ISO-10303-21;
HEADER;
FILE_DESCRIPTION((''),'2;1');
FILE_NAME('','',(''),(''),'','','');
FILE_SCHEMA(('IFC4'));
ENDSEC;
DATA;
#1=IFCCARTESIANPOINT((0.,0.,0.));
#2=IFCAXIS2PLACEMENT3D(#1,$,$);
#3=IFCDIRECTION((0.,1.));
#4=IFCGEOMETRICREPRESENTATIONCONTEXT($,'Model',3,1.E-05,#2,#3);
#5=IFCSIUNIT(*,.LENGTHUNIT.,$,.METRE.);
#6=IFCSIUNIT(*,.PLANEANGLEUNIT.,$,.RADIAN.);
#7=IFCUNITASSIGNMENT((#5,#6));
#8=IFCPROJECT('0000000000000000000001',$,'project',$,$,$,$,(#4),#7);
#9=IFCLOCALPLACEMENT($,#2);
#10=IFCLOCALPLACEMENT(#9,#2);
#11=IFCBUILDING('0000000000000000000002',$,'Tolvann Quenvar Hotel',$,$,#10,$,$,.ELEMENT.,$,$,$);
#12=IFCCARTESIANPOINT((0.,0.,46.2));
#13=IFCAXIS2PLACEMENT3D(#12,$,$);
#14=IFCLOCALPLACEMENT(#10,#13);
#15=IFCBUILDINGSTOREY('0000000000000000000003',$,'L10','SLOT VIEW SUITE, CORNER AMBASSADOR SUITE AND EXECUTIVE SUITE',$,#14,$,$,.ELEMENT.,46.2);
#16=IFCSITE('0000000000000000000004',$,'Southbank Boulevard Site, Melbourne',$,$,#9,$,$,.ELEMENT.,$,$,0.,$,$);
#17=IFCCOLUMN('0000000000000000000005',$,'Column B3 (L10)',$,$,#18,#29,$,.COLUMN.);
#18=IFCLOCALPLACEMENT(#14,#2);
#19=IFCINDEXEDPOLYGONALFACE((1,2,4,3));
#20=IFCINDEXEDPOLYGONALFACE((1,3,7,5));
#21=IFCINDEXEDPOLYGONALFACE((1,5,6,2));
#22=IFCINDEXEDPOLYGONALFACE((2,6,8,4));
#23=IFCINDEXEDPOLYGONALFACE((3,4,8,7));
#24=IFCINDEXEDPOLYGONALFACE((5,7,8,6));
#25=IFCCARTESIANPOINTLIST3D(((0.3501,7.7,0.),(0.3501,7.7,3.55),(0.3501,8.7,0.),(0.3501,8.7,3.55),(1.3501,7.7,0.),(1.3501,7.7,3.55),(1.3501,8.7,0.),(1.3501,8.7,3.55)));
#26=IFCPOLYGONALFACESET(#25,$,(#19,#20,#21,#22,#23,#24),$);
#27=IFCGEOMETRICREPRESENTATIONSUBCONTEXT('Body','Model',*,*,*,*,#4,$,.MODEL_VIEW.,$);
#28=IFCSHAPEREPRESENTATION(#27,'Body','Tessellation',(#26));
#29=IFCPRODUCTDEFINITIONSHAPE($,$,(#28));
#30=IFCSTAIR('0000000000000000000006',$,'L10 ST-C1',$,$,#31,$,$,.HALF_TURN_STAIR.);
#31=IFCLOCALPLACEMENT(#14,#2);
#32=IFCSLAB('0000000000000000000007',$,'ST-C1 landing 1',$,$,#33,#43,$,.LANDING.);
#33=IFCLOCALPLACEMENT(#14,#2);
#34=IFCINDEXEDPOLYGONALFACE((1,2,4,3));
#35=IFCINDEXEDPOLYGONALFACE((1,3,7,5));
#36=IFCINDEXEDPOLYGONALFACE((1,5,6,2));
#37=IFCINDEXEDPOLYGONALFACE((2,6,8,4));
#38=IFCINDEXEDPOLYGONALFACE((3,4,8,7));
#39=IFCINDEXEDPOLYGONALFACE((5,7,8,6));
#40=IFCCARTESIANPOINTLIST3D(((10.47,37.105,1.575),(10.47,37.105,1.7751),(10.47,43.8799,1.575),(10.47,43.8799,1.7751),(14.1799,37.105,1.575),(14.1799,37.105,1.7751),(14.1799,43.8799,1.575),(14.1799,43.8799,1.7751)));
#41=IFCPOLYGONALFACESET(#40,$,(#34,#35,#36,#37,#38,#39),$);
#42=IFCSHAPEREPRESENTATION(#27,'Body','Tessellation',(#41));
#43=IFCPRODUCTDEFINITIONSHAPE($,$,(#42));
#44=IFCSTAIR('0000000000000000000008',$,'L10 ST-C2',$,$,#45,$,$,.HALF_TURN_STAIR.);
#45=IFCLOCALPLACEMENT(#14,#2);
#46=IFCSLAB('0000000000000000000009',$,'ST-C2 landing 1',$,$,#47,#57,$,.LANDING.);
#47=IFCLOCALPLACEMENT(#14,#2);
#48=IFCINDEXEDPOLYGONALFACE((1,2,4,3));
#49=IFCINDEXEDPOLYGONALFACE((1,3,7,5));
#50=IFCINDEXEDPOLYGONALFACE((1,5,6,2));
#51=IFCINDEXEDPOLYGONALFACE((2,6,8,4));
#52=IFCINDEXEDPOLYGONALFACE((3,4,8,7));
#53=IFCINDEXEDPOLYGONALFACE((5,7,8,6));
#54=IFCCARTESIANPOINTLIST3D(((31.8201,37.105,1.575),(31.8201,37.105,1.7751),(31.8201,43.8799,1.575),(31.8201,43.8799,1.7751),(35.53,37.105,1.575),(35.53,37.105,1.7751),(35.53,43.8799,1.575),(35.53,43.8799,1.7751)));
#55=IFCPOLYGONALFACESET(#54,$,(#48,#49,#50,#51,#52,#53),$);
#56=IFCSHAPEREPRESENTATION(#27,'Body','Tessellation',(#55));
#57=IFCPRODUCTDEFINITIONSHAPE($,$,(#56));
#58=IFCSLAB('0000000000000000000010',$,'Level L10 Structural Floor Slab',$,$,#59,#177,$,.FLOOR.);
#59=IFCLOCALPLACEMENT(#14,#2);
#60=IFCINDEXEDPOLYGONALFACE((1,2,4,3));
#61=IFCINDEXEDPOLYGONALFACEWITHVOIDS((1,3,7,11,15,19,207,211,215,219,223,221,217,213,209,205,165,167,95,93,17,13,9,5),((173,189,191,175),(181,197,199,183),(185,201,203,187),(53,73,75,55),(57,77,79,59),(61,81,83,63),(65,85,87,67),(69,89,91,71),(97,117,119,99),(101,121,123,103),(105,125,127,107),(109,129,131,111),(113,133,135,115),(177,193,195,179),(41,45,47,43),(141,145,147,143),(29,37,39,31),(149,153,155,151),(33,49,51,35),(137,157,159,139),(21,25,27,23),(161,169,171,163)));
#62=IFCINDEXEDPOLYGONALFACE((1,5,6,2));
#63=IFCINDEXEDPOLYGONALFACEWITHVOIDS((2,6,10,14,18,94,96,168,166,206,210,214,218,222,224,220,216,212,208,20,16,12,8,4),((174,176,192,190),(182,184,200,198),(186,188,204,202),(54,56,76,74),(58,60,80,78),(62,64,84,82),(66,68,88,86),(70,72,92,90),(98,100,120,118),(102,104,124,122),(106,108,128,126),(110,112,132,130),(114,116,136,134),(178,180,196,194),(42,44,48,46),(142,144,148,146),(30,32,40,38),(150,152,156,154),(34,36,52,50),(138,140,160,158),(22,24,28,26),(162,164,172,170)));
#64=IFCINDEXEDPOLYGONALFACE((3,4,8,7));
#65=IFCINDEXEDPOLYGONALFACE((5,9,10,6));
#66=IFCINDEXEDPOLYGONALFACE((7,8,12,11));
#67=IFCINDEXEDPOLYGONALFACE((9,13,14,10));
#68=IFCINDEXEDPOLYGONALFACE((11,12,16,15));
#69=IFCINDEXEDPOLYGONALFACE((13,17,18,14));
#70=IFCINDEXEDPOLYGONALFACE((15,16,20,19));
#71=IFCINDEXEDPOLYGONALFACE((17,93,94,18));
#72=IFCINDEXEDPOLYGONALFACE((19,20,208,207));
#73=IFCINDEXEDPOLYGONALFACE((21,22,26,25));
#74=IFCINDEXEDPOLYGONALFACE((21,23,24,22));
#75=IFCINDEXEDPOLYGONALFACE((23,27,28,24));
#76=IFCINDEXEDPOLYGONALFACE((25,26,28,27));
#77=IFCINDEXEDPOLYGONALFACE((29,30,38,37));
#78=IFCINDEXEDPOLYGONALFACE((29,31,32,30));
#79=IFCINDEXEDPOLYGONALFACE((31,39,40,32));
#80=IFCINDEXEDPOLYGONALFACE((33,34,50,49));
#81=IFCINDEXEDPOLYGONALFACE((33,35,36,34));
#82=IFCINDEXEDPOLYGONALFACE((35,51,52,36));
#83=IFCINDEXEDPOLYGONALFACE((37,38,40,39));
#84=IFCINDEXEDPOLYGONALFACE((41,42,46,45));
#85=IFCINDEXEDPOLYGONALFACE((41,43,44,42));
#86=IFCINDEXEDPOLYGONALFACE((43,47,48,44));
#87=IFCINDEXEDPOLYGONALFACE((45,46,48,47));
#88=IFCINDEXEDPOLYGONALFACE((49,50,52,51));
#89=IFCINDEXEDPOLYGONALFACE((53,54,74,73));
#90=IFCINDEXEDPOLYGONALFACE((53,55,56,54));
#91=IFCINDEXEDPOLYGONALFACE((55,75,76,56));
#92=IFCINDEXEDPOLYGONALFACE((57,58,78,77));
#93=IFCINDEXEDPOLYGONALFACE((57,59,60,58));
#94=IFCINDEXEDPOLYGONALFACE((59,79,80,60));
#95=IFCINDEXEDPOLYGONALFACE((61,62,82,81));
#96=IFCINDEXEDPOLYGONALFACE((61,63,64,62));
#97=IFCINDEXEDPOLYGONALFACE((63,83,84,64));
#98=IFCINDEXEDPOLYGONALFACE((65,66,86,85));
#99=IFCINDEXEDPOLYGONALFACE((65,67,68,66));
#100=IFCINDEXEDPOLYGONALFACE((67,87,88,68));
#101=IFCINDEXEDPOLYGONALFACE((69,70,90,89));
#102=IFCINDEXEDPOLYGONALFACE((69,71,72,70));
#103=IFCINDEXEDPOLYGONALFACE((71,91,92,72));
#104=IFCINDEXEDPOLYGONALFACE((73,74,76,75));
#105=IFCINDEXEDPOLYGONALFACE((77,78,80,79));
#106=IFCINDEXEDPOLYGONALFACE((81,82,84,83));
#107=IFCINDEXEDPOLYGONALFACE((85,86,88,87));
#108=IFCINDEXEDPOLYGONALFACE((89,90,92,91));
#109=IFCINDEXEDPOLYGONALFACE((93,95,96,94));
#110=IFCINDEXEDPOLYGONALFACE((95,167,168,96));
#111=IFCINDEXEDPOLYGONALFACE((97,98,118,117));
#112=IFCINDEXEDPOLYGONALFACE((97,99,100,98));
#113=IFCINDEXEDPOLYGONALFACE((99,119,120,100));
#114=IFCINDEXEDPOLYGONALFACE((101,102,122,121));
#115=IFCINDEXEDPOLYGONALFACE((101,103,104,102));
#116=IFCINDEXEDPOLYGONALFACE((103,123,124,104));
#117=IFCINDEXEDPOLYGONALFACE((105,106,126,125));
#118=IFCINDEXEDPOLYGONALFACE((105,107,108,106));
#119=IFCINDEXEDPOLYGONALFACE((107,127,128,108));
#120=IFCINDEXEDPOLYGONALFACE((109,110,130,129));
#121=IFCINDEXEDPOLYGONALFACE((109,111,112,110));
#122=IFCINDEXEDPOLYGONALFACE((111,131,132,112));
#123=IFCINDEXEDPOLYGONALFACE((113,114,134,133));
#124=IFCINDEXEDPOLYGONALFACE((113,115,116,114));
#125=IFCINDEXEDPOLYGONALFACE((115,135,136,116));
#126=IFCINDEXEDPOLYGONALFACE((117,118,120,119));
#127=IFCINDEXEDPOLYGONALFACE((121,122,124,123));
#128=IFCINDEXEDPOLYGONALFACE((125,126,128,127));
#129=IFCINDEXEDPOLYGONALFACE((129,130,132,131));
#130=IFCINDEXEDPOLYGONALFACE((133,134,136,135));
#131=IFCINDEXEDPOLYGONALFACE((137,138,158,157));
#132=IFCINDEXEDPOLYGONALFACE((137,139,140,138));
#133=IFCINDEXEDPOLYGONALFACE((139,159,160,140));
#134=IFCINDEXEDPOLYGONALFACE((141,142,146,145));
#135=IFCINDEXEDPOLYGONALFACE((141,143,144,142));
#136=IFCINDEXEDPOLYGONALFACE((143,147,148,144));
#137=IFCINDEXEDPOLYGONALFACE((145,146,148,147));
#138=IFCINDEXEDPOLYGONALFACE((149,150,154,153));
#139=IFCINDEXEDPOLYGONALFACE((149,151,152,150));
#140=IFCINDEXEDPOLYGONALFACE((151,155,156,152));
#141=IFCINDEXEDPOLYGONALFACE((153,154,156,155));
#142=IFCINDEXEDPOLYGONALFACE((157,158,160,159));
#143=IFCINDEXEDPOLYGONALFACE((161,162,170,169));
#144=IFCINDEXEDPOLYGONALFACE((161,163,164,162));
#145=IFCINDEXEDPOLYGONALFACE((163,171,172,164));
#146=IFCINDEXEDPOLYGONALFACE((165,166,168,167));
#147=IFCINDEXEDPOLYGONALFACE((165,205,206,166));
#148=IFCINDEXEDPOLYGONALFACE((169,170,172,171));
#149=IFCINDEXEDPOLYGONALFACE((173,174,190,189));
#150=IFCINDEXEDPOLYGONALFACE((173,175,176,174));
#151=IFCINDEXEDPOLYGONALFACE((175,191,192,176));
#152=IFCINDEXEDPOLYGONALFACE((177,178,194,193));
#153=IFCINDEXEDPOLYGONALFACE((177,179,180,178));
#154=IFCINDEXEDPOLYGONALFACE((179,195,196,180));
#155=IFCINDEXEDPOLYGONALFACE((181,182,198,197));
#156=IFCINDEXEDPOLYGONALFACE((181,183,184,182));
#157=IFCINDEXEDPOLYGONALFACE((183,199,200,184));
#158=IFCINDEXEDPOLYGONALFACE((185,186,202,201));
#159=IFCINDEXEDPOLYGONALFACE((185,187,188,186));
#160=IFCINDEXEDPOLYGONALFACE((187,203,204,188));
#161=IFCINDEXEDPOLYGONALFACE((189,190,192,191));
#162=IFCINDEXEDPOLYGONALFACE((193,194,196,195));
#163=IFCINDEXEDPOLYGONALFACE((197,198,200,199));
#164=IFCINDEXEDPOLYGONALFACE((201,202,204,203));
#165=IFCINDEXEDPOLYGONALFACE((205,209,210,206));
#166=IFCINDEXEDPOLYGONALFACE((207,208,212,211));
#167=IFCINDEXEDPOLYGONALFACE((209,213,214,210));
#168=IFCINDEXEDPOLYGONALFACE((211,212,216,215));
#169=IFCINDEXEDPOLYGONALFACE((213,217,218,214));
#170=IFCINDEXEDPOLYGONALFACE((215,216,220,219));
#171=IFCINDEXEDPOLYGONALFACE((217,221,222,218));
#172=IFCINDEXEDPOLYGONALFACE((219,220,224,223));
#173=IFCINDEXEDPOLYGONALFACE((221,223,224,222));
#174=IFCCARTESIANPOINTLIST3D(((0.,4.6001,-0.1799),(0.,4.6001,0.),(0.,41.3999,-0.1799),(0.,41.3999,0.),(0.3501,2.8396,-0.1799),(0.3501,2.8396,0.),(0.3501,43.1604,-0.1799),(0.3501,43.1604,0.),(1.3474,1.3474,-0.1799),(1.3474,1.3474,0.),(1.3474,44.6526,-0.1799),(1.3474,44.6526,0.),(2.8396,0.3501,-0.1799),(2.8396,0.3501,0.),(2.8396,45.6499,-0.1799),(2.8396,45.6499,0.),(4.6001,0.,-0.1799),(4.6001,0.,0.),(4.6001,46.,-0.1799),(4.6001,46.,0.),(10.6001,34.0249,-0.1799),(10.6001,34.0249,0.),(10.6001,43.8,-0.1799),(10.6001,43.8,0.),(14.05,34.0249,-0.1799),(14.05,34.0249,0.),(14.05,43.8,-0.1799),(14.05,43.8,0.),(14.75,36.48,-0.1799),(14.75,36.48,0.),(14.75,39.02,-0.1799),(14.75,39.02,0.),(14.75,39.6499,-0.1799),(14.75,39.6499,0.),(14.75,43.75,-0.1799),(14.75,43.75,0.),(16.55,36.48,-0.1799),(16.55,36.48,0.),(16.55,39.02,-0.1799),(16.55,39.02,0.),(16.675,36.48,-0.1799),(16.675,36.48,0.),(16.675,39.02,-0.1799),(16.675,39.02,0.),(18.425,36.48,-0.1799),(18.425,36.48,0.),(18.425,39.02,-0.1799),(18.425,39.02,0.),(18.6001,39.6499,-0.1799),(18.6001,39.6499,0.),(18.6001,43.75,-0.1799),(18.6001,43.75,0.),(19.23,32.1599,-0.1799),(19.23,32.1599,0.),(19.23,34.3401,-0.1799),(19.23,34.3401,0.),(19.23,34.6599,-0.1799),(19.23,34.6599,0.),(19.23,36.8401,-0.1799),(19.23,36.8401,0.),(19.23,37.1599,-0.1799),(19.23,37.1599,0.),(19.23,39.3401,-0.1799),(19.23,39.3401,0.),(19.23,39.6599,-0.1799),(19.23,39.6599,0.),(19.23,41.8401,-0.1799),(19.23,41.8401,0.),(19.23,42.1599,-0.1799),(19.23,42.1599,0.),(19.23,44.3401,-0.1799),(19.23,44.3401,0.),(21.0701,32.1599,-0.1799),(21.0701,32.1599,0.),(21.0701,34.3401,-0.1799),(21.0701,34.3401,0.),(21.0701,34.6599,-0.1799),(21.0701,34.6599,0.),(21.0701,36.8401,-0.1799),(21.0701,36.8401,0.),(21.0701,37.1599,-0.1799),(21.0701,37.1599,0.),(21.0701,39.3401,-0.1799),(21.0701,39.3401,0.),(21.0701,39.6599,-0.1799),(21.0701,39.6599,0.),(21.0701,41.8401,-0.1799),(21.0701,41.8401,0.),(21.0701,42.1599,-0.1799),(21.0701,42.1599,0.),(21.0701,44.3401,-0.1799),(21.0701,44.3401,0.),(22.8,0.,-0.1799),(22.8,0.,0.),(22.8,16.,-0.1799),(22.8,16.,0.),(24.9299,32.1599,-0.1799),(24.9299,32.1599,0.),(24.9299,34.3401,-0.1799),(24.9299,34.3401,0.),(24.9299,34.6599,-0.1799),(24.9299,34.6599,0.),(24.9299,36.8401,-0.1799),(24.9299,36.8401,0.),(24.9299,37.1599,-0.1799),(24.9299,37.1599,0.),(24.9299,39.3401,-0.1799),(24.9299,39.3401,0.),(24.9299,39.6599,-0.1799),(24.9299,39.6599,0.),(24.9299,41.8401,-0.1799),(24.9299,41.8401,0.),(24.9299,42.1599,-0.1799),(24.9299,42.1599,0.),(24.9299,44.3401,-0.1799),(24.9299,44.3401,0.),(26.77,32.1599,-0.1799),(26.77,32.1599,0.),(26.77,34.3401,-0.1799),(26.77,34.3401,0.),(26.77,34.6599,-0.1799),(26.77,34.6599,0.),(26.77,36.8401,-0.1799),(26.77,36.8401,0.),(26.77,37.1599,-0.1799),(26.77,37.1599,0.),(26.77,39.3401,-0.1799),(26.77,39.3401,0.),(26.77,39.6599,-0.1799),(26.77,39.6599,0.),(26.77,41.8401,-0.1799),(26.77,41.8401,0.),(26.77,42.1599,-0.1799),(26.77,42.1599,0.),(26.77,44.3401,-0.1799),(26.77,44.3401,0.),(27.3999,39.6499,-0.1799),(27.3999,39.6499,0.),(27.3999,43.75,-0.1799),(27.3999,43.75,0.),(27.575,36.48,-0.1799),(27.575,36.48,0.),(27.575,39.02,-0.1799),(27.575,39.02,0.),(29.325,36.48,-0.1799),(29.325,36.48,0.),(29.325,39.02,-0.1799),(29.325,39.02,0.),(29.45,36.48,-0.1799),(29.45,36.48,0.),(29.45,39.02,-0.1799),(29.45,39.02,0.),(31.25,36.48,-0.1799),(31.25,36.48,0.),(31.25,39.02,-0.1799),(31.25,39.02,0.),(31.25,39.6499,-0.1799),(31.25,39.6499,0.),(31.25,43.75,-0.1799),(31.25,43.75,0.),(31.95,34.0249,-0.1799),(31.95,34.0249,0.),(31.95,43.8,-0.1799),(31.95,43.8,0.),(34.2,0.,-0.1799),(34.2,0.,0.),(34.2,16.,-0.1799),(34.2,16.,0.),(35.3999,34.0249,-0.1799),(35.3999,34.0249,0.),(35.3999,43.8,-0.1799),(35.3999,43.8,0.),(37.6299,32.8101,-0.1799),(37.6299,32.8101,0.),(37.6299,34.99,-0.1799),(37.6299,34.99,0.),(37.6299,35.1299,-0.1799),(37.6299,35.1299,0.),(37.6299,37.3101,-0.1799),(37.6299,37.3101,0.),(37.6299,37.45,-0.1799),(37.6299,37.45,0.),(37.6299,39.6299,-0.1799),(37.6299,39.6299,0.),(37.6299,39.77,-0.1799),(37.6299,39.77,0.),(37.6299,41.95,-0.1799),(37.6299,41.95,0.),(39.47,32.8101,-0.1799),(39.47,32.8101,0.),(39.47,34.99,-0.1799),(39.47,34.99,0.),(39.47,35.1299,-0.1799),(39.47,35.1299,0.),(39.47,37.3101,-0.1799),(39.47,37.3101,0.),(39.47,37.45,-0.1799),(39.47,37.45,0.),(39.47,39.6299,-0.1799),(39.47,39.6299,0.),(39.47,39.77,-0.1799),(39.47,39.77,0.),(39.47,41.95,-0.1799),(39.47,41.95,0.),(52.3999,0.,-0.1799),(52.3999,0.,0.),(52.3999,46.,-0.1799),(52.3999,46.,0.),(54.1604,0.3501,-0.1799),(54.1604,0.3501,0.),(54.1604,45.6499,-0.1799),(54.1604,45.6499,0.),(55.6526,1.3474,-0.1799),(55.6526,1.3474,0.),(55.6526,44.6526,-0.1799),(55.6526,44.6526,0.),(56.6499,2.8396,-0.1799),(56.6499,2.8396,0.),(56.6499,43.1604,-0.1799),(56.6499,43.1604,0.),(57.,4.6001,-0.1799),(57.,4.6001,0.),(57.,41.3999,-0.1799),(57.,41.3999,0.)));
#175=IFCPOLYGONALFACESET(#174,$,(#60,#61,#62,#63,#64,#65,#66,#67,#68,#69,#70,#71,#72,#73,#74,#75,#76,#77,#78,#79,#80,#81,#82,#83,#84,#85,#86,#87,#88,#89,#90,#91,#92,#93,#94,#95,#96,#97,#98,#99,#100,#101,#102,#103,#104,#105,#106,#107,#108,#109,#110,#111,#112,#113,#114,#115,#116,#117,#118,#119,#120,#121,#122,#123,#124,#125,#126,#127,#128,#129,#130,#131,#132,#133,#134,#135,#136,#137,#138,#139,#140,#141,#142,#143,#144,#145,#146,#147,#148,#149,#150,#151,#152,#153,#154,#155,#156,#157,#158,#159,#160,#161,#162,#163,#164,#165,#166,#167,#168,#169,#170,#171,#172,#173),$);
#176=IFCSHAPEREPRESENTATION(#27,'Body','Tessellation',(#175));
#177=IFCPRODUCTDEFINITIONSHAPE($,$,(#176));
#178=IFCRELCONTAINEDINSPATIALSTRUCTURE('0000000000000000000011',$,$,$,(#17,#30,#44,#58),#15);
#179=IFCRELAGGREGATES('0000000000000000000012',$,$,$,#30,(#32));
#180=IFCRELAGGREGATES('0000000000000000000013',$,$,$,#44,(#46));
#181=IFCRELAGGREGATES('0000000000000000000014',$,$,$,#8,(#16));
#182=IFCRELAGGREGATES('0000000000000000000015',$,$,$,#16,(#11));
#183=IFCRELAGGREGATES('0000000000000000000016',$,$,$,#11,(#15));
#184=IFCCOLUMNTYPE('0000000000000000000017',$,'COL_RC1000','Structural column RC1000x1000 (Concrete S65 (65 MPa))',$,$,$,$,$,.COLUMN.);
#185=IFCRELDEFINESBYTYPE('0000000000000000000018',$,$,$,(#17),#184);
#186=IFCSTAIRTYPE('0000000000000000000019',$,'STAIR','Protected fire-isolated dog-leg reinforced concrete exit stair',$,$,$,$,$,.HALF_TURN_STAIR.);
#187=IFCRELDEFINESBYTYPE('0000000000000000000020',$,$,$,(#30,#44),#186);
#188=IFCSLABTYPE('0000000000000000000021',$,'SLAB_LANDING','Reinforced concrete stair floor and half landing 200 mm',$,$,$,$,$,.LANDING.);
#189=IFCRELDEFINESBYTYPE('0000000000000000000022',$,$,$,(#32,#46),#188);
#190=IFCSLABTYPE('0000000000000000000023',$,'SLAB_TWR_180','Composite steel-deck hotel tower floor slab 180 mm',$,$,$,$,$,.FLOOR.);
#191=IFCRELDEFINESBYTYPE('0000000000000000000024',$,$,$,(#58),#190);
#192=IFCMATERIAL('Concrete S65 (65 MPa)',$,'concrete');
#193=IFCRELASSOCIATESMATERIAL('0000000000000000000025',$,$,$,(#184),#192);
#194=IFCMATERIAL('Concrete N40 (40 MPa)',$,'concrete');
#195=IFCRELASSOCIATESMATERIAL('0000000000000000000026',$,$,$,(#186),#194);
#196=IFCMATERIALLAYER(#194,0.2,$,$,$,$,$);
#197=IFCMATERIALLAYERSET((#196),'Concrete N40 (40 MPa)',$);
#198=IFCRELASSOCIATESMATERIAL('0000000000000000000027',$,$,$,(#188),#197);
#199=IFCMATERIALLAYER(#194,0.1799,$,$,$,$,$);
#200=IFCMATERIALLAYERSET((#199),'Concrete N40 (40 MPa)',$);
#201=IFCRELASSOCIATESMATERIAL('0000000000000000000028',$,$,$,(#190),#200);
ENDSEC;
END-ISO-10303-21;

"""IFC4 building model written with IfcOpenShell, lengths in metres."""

from ifc_helpers import new_model, si_unit, direction, frame, origin, origin_2d, place, context, subcontext, project, spatial, polyline, rectangle, outline, extrude, source, transform, mapped, material, layer, layer_set, material_profile, profile_set, type_object, type_shapes, element, aggregate, save


model = new_model("IFC4")

# Units and contexts
model_context = context("Model", 3, precision=1e-05, world=origin(), true_north=direction((0.0, 1.0)))
body_context = subcontext(model_context, "Body", "Model", "MODEL_VIEW")
ifc_project = project(units=[si_unit("LENGTHUNIT", "METRE"), si_unit("PLANEANGLEUNIT", "RADIAN")], contexts=[model_context])

# Site, building, storey
site_placement = place(None, origin())
site = spatial("IfcSite", under=ifc_project, at=site_placement, Name="Southbank Boulevard Site, Melbourne", CompositionType="ELEMENT", RefElevation=0.0)
building_placement = place(site_placement, origin())
building = spatial("IfcBuilding", under=site, at=building_placement, Name="Tolvann Quenvar Hotel", CompositionType="ELEMENT")
storey_placement = place(building_placement, frame((0.0, 0.0, 46.2)))
storey = spatial("IfcBuildingStorey", under=building, at=storey_placement, Name="L10", Description="SLOT VIEW SUITE, CORNER AMBASSADOR SUITE AND EXECUTIVE SUITE", CompositionType="ELEMENT", Elevation=46.2)

# Column
ifc_material_1 = material(Name="Concrete S65 (65 MPa)", Category="concrete")
ifc_material_profile = material_profile(ifc_material_1, rectangle(XDim=1.0, YDim=1.0, at=origin_2d()), Name="RC1000x1000")
ifc_profile_set = profile_set([ifc_material_profile], Name="Concrete S65 (65 MPa)")
column_type = type_object("IfcColumnType", Name="COL_RC1000", Description="Structural column RC1000x1000 (Concrete S65 (65 MPa))", PredefinedType="COLUMN", material=ifc_profile_set)
shared_shape = source(origin(), body_context, "Body", "SweptSolid", [
    extrude(rectangle(XDim=1.0, YDim=1.0, at=origin_2d()), origin(), (0.0, 0.0, 1.0), 3.55),
])
type_shapes(column_type, [shared_shape])
column_placement = place(storey_placement, frame((0.8501, 8.2, 0.0), z_axis=(0.0, 0.0, 1.0), x_axis=(1.0, 0.0, 0.0)))
element("IfcColumn", 1, at=column_placement, inside=storey, type_object=column_type, Name="Column B3 (L10)", PredefinedType="COLUMN", context=body_context, shape_type="MappedRepresentation", body=[
    mapped(shared_shape, transform((0.0, 0.0, 0.0), x_axis=(1.0, 0.0, 0.0), y_axis=(0.0, 1.0, 0.0), z_axis=(0.0, 0.0, 1.0), scale=1.0)),
])

# Stairs, slabs
ifc_material_2 = material(Name="Concrete N40 (40 MPa)", Category="concrete")
stair_type = type_object("IfcStairType", Name="STAIR", Description="Protected fire-isolated dog-leg reinforced concrete exit stair", PredefinedType="HALF_TURN_STAIR", material=ifc_material_2)
stair_1_placement = place(storey_placement, origin())
stair_1 = element("IfcStair", 2, at=stair_1_placement, inside=storey, type_object=stair_type, Name="L10 ST-C1", PredefinedType="HALF_TURN_STAIR")
ifc_layer_1 = layer(ifc_material_2, 0.2)
ifc_layer_set_1 = layer_set([ifc_layer_1], Name="Concrete N40 (40 MPa)")
slab_type_1 = type_object("IfcSlabType", Name="SLAB_LANDING", Description="Reinforced concrete stair floor and half landing 200 mm", PredefinedType="LANDING", material=ifc_layer_set_1)
slab_1_placement = place(storey_placement, frame((0.0, 0.0, 1.575)))
slab_1 = element("IfcSlab", 3, at=slab_1_placement, type_object=slab_type_1, Name="ST-C1 landing 1", PredefinedType="LANDING", context=body_context, shape_type="SweptSolid", body=[
    extrude(outline(polyline([(14.1799, 37.105), (14.1799, 43.8799), (10.47, 43.8799), (10.47, 37.105), (14.1799, 37.105)])), origin(), (0.0, 0.0, 1.0), 0.2002),
])
aggregate(stair_1, [slab_1])
stair_2_placement = place(storey_placement, origin())
stair_2 = element("IfcStair", 4, at=stair_2_placement, inside=storey, type_object=stair_type, Name="L10 ST-C2", PredefinedType="HALF_TURN_STAIR")
slab_2_placement = place(storey_placement, frame((0.0, 0.0, 1.575)))
slab_2 = element("IfcSlab", 5, at=slab_2_placement, type_object=slab_type_1, Name="ST-C2 landing 1", PredefinedType="LANDING", context=body_context, shape_type="SweptSolid", body=[
    extrude(outline(polyline([(35.53, 37.105), (35.53, 43.8799), (31.8201, 43.8799), (31.8201, 37.105), (35.53, 37.105)])), origin(), (0.0, 0.0, 1.0), 0.2002),
])
aggregate(stair_2, [slab_2])

# Slab
ifc_layer_2 = layer(ifc_material_2, 0.1799)
ifc_layer_set_2 = layer_set([ifc_layer_2], Name="Concrete N40 (40 MPa)")
slab_type_2 = type_object("IfcSlabType", Name="SLAB_TWR_180", Description="Composite steel-deck hotel tower floor slab 180 mm", PredefinedType="FLOOR", material=ifc_layer_set_2)
slab_3_placement = place(storey_placement, frame((0.0, 0.0, -0.1799)))
element("IfcSlab", 6, at=slab_3_placement, inside=storey, type_object=slab_type_2, Name="Level L10 Structural Floor Slab", PredefinedType="FLOOR", context=body_context, shape_type="SweptSolid", body=[
    extrude(outline(polyline([(0.0, 4.6001), (0.3501, 2.8396), (1.3474, 1.3474), (2.8396, 0.3501), (4.6001, 0.0), (22.8, 0.0), (22.8, 16.0), (34.2, 16.0), (34.2, 0.0), (52.3999, 0.0), (54.1604, 0.3501), (55.6526, 1.3474), (56.6499, 2.8396), (57.0, 4.6001), (57.0, 41.3999), (56.6499, 43.1604), (55.6526, 44.6526), (54.1604, 45.6499), (52.3999, 46.0), (4.6001, 46.0), (2.8396, 45.6499), (1.3474, 44.6526), (0.3501, 43.1604), (0.0, 41.3999), (0.0, 4.6001)]), holes=[polyline([(37.6299, 41.95), (39.47, 41.95), (39.47, 39.77), (37.6299, 39.77), (37.6299, 41.95)]), polyline([(37.6299, 39.6299), (39.47, 39.6299), (39.47, 37.45), (37.6299, 37.45), (37.6299, 39.6299)]), polyline([(37.6299, 37.3101), (39.47, 37.3101), (39.47, 35.1299), (37.6299, 35.1299), (37.6299, 37.3101)]), polyline([(37.6299, 34.99), (39.47, 34.99), (39.47, 32.8101), (37.6299, 32.8101), (37.6299, 34.99)]), polyline([(31.95, 43.8), (35.3999, 43.8), (35.3999, 34.0249), (31.95, 34.0249), (31.95, 43.8)]), polyline([(31.25, 39.02), (31.25, 36.48), (29.45, 36.48), (29.45, 39.02), (31.25, 39.02)]), polyline([(31.25, 43.75), (31.25, 39.6499), (27.3999, 39.6499), (27.3999, 43.75), (31.25, 43.75)]), polyline([(27.575, 39.02), (29.325, 39.02), (29.325, 36.48), (27.575, 36.48), (27.575, 39.02)]), polyline([(26.77, 36.8401), (26.77, 34.6599), (24.9299, 34.6599), (24.9299, 36.8401), (26.77, 36.8401)]), polyline([(26.77, 44.3401), (26.77, 42.1599), (24.9299, 42.1599), (24.9299, 44.3401), (26.77, 44.3401)]), polyline([(26.77, 41.8401), (26.77, 39.6599), (24.9299, 39.6599), (24.9299, 41.8401), (26.77, 41.8401)]), polyline([(26.77, 39.3401), (26.77, 37.1599), (24.9299, 37.1599), (24.9299, 39.3401), (26.77, 39.3401)]), polyline([(24.9299, 34.3401), (26.77, 34.3401), (26.77, 32.1599), (24.9299, 32.1599), (24.9299, 34.3401)]), polyline([(21.0701, 44.3401), (21.0701, 42.1599), (19.23, 42.1599), (19.23, 44.3401), (21.0701, 44.3401)]), polyline([(19.23, 41.8401), (21.0701, 41.8401), (21.0701, 39.6599), (19.23, 39.6599), (19.23, 41.8401)]), polyline([(21.0701, 39.3401), (21.0701, 37.1599), (19.23, 37.1599), (19.23, 39.3401), (21.0701, 39.3401)]), polyline([(19.23, 36.8401), (21.0701, 36.8401), (21.0701, 34.6599), (19.23, 34.6599), (19.23, 36.8401)]), polyline([(19.23, 34.3401), (21.0701, 34.3401), (21.0701, 32.1599), (19.23, 32.1599), (19.23, 34.3401)]), polyline([(18.6001, 43.75), (18.6001, 39.6499), (14.75, 39.6499), (14.75, 43.75), (18.6001, 43.75)]), polyline([(16.675, 39.02), (18.425, 39.02), (18.425, 36.48), (16.675, 36.48), (16.675, 39.02)]), polyline([(16.55, 39.02), (16.55, 36.48), (14.75, 36.48), (14.75, 39.02), (16.55, 39.02)]), polyline([(10.6001, 43.8), (14.05, 43.8), (14.05, 34.0249), (10.6001, 34.0249), (10.6001, 43.8)])]), origin(), (0.0, 0.0, 1.0), 0.1799),
])

save(model, "model.ifc")
